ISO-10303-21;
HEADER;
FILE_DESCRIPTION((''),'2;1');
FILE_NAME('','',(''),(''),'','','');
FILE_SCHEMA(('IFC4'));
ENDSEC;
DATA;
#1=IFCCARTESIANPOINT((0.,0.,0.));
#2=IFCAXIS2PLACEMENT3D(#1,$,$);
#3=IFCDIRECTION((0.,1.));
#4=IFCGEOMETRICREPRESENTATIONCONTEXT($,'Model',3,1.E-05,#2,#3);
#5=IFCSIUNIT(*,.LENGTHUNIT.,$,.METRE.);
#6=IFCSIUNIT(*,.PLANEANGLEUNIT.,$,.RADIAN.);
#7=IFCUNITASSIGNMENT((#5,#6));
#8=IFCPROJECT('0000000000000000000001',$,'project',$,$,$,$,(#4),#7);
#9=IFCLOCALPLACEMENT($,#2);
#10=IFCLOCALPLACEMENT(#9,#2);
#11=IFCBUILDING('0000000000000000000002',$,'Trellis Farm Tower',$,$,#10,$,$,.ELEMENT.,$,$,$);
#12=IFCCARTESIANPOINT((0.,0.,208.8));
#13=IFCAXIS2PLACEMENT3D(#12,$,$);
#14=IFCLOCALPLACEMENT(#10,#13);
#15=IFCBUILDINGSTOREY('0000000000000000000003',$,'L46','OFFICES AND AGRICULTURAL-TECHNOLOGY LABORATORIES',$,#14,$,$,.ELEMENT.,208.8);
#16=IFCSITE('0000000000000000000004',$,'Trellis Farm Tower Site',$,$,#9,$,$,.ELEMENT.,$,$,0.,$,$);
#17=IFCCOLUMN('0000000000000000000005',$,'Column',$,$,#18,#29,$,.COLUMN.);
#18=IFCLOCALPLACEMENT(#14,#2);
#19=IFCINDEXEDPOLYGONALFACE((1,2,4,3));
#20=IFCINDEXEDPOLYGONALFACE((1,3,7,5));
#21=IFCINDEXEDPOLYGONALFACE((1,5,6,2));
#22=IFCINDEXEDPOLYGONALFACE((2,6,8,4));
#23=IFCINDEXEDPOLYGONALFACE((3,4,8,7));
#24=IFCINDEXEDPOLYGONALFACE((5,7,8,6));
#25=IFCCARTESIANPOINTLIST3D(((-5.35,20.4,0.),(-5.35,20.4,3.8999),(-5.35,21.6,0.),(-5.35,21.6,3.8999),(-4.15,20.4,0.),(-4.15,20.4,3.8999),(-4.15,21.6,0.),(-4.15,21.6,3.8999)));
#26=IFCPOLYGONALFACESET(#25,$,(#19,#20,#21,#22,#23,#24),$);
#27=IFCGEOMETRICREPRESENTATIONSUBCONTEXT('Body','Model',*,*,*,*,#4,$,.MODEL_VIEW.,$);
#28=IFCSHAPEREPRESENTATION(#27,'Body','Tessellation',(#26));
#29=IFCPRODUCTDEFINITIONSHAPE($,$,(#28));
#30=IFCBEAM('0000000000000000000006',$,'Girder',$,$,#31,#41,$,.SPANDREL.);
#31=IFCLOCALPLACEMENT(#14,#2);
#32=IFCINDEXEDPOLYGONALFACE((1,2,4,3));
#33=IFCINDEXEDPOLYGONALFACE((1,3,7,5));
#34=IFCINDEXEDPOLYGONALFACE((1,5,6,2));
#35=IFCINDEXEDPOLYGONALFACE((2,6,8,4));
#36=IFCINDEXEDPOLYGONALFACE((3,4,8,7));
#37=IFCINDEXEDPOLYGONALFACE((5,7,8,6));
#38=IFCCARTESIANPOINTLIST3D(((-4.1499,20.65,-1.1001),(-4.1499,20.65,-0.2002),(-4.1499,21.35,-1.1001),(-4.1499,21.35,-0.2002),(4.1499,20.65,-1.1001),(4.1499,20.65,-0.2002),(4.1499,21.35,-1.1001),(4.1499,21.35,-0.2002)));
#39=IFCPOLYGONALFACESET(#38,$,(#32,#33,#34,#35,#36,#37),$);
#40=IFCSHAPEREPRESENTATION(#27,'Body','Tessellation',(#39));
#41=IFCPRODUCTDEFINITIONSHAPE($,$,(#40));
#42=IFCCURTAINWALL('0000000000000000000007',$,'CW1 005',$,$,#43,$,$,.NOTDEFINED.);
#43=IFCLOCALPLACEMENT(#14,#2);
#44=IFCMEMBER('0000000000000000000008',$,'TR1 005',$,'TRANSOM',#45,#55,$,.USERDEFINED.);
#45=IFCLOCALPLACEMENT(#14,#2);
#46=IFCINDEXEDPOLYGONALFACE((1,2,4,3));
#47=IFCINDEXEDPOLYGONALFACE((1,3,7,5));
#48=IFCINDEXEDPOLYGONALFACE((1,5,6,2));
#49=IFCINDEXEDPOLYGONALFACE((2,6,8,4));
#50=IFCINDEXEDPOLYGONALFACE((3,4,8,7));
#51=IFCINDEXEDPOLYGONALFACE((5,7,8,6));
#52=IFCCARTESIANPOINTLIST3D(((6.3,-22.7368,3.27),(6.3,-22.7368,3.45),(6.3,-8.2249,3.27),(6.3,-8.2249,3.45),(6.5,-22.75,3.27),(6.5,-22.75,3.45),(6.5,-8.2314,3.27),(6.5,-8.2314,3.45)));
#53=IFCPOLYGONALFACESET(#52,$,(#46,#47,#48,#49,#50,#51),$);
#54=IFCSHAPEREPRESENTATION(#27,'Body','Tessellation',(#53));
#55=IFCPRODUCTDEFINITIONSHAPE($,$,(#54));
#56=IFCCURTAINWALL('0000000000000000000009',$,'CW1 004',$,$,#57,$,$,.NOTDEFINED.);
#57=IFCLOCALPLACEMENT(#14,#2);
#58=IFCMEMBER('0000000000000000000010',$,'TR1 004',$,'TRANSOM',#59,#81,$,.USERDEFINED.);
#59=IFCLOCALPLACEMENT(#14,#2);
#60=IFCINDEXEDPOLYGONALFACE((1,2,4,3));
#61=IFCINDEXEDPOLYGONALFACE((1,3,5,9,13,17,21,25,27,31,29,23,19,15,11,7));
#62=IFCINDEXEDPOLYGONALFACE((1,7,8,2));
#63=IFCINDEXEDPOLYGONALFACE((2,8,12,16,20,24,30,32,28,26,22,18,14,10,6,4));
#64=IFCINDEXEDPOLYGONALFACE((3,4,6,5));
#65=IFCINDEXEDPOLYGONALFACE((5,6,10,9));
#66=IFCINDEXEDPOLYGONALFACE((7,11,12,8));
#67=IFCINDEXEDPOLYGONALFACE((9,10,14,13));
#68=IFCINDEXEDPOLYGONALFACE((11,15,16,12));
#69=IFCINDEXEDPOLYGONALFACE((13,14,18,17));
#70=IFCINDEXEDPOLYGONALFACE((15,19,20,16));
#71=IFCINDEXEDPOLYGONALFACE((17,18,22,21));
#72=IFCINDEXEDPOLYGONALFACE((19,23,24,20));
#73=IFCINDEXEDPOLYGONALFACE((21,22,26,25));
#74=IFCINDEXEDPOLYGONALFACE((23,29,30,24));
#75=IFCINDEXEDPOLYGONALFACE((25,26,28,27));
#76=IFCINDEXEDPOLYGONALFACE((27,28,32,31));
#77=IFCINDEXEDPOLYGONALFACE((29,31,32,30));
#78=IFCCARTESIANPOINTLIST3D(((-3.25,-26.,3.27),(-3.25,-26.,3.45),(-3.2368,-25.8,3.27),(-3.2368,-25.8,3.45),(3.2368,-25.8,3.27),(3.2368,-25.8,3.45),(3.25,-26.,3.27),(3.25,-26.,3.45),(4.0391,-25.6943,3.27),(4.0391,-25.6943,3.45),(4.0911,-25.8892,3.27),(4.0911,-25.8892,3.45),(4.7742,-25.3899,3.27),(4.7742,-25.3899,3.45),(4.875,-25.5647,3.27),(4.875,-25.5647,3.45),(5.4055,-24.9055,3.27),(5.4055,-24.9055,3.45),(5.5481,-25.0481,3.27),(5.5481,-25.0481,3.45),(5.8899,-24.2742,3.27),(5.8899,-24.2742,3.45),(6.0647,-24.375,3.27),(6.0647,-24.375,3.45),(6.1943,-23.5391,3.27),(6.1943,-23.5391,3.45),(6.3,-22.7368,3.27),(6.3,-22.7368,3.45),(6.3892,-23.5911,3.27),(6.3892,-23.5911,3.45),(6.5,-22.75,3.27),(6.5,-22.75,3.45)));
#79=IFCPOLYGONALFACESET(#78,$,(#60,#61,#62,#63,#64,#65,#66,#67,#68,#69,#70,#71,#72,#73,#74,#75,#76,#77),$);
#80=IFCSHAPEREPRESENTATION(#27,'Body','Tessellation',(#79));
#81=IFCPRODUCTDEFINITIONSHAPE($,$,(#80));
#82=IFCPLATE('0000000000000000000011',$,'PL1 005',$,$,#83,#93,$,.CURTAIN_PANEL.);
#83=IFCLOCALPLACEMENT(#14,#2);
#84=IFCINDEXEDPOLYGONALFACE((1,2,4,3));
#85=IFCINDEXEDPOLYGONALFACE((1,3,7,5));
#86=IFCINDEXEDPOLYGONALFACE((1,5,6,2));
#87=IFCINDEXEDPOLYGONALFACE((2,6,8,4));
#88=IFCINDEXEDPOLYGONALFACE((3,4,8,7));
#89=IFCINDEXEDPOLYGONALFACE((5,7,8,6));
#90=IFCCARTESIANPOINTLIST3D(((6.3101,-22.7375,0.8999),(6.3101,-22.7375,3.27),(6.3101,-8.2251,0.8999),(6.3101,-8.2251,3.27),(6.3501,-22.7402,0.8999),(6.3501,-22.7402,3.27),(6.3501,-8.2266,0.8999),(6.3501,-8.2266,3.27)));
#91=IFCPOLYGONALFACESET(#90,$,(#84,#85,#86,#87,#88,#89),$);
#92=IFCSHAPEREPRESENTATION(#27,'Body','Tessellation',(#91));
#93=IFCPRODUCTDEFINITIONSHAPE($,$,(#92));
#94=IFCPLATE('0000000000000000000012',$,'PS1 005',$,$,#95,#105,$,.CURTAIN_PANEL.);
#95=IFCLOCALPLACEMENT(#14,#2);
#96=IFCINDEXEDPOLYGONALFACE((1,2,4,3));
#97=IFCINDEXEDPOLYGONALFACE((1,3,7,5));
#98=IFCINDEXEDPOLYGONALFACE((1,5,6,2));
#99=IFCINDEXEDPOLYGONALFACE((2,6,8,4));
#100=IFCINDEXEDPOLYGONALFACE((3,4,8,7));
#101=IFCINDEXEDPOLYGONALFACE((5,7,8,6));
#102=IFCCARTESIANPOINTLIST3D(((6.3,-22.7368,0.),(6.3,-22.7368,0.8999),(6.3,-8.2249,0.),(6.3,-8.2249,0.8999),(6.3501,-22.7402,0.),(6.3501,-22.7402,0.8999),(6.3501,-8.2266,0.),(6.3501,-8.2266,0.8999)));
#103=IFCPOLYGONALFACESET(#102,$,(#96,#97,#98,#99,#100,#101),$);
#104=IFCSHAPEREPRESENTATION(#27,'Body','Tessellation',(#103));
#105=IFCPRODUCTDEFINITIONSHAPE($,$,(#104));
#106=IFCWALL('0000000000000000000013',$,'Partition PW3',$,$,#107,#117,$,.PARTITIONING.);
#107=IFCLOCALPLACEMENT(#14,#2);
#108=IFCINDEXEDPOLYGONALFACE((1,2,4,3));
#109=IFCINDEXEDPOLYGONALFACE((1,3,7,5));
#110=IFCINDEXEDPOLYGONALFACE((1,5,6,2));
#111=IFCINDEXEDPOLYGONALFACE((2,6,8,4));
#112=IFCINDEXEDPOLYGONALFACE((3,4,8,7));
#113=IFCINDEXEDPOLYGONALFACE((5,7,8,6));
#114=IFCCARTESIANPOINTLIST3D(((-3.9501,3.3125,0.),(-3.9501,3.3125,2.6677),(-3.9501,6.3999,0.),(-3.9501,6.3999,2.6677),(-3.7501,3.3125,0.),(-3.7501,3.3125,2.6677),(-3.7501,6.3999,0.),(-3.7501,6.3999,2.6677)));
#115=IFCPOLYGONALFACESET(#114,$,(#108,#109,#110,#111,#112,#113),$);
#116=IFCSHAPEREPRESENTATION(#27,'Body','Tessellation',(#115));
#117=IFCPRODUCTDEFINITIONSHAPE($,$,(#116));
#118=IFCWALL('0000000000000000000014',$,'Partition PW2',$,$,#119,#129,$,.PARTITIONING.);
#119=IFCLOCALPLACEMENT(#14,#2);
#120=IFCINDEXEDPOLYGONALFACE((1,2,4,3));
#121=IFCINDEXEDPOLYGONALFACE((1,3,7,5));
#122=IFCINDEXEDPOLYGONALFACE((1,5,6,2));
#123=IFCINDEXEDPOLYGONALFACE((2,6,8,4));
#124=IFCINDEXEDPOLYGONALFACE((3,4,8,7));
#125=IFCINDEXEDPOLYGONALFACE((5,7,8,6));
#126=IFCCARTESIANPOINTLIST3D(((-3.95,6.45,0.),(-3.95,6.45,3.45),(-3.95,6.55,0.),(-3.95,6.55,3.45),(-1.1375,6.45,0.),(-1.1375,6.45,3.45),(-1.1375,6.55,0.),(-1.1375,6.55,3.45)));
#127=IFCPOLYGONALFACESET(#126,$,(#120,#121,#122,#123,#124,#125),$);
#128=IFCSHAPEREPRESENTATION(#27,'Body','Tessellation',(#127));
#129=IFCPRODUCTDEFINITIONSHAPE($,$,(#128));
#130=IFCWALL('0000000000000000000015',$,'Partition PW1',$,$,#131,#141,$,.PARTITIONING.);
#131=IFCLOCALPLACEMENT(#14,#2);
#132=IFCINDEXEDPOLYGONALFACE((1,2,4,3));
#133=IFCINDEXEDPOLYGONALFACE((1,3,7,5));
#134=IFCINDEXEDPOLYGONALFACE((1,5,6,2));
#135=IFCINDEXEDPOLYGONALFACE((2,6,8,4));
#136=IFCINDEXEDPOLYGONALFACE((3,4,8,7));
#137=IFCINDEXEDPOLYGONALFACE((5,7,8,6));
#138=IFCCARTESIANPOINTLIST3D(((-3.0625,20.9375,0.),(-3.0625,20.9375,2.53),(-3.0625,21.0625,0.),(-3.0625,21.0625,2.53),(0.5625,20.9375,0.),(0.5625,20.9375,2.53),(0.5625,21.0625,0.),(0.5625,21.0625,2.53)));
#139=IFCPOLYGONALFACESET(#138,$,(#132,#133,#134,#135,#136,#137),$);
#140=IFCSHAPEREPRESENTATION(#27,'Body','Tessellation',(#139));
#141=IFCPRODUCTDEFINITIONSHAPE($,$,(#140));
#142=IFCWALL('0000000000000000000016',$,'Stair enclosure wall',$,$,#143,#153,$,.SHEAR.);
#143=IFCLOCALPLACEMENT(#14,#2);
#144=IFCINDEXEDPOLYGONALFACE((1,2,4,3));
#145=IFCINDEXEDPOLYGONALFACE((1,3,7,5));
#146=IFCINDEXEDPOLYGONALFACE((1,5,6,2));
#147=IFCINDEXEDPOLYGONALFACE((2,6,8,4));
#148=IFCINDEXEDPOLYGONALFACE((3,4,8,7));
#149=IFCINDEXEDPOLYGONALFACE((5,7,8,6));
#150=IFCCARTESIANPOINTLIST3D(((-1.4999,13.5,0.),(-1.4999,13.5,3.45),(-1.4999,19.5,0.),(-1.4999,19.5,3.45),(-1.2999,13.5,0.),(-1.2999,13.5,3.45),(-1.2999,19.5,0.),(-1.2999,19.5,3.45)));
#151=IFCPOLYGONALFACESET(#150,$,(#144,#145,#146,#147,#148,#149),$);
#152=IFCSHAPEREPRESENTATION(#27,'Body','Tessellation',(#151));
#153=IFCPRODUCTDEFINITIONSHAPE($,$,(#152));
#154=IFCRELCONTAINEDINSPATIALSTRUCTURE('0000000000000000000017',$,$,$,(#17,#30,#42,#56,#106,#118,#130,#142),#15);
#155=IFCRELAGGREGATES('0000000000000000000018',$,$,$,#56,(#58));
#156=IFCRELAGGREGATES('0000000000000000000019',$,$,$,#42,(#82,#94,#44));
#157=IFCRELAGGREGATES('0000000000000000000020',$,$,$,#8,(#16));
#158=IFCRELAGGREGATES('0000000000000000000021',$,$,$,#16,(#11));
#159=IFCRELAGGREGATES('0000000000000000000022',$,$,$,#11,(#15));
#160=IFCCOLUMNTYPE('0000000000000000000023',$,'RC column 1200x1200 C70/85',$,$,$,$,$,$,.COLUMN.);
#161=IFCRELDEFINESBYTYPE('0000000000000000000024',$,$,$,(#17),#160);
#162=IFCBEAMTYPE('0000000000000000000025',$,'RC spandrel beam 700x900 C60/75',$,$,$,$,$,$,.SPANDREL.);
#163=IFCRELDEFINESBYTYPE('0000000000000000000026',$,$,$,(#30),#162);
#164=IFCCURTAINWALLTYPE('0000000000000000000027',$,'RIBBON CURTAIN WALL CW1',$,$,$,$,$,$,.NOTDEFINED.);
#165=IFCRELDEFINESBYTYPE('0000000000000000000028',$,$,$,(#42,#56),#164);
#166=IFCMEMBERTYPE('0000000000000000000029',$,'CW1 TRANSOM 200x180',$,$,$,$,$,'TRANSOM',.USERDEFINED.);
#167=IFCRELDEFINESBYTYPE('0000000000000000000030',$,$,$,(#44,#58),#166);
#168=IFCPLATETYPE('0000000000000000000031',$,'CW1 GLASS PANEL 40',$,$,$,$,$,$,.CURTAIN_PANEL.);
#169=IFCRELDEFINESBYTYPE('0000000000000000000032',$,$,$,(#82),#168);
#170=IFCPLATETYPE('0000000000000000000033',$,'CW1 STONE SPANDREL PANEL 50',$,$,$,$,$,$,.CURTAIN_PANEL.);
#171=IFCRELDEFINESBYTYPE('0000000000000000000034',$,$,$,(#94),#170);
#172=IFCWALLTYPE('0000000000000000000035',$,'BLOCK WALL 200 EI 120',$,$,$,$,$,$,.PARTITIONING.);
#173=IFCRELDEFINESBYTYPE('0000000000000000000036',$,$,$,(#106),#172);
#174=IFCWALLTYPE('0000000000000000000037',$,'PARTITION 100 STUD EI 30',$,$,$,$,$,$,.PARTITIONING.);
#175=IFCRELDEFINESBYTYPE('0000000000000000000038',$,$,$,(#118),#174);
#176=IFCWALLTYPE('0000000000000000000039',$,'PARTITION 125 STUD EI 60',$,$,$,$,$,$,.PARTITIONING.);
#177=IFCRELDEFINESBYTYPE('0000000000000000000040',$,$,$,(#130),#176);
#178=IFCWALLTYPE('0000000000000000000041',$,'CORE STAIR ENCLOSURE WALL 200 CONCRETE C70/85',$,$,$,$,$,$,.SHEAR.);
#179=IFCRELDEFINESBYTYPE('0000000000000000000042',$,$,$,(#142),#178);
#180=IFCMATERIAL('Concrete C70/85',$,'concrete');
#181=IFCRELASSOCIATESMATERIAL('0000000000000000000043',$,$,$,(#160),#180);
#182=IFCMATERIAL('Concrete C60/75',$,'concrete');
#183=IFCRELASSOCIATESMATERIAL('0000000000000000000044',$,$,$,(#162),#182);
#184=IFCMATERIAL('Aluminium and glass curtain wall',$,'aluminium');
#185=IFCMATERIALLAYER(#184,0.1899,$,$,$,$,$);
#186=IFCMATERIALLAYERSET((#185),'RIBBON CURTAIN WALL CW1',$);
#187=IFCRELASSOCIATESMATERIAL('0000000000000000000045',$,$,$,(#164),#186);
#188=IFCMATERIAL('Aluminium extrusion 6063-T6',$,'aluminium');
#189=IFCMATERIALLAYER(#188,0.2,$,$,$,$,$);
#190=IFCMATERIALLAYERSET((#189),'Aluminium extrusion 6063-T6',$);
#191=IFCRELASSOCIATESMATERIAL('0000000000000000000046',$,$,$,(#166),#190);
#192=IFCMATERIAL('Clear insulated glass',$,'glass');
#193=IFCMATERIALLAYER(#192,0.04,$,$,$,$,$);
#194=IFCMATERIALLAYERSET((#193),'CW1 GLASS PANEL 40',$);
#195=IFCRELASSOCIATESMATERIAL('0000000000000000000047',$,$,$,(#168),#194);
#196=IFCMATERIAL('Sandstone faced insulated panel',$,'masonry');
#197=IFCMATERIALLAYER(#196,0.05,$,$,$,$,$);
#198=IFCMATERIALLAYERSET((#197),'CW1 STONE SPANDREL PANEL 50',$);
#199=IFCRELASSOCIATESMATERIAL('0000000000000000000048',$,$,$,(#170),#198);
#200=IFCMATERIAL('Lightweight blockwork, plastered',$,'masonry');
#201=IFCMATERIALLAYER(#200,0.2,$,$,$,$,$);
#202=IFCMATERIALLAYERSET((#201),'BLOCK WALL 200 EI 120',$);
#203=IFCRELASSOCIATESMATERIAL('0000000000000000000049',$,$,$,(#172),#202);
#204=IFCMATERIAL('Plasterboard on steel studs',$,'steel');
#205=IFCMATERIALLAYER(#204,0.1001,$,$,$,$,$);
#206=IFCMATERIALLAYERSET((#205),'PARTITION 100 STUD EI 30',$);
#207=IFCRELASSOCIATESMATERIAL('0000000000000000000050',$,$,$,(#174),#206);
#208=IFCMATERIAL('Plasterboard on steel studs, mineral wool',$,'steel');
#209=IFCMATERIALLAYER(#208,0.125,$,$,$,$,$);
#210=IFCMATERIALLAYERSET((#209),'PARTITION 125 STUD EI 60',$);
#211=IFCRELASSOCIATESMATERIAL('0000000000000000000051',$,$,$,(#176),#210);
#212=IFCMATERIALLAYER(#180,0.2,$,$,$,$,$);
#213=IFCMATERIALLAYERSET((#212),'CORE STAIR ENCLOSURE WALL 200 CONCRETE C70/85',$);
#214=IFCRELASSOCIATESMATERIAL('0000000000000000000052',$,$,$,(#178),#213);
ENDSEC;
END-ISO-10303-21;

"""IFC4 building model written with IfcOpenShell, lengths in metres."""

from ifc_helpers import new_model, si_unit, direction, frame, frame_2d, origin, origin_2d, place, context, subcontext, project, spatial, polyline, rectangle, outline, extrude, source, transform, mapped, material, layer, layer_set, material_profile, profile_set, type_object, element, aggregate, save


model = new_model("IFC4")

# Units and contexts
model_context = context("Model", 3, precision=1e-05, world=origin(), true_north=direction((0.0, 1.0)))
body_context = subcontext(model_context, "Body", "Model", "MODEL_VIEW")
ifc_project = project(units=[si_unit("LENGTHUNIT", "METRE"), si_unit("PLANEANGLEUNIT", "RADIAN")], contexts=[model_context])

# Site, building, storey
site_placement = place(None, origin())
site = spatial("IfcSite", under=ifc_project, at=site_placement, Name="Trellis Farm Tower Site", CompositionType="ELEMENT", RefElevation=0.0)
building_placement = place(site_placement, origin())
building = spatial("IfcBuilding", under=site, at=building_placement, Name="Trellis Farm Tower", CompositionType="ELEMENT")
storey_placement = place(building_placement, frame((0.0, 0.0, 208.8)))
storey = spatial("IfcBuildingStorey", under=building, at=storey_placement, Name="L46", Description="OFFICES AND AGRICULTURAL-TECHNOLOGY LABORATORIES", CompositionType="ELEMENT", Elevation=208.8)

# Column
ifc_material_1 = material(Name="Concrete C70/85", Category="concrete")
ifc_material_profile_1 = material_profile(ifc_material_1, rectangle(XDim=1.2, YDim=1.2, at=origin_2d()), Name="RC column 1200x1200 C70/85")
ifc_profile_set_1 = profile_set([ifc_material_profile_1], Name="Concrete C70/85")
column_type = type_object("IfcColumnType", Name="RC column 1200x1200 C70/85", PredefinedType="COLUMN", material=ifc_profile_set_1)
shared_shape_1 = source(origin(), body_context, "Body", "SweptSolid", [
    extrude(rectangle(XDim=1.2, YDim=1.2, at=origin_2d()), origin(), (0.0, 0.0, 1.0), 3.8999),
])
column_placement = place(storey_placement, frame((-4.75, 21.0, 0.0), z_axis=(0.0, 0.0, 1.0), x_axis=(1.0, 0.0, 0.0)))
element("IfcColumn", 1, at=column_placement, inside=storey, type_object=column_type, Name="Column", PredefinedType="COLUMN", context=body_context, shape_type="MappedRepresentation", body=[
    mapped(shared_shape_1, transform((0.0, 0.0, 0.0))),
])

# Beam
ifc_material_2 = material(Name="Concrete C60/75", Category="concrete")
ifc_material_profile_2 = material_profile(ifc_material_2, rectangle(XDim=0.7, YDim=0.8999, at=origin_2d()), Name="RC spandrel beam 700x900 C60/75")
ifc_profile_set_2 = profile_set([ifc_material_profile_2], Name="Concrete C60/75")
beam_type = type_object("IfcBeamType", Name="RC spandrel beam 700x900 C60/75", PredefinedType="SPANDREL", material=ifc_profile_set_2)
shared_shape_2 = source(origin(), body_context, "Body", "SweptSolid", [
    extrude(rectangle(XDim=0.7, YDim=0.8999, at=origin_2d()), origin(), (0.0, 0.0, 1.0), 8.2998),
])
beam_placement = place(storey_placement, frame((-4.1499, 21.0, -0.6501), z_axis=(1.0, 0.0, 0.0), x_axis=(0.0, 1.0, 0.0)))
element("IfcBeam", 2, at=beam_placement, inside=storey, type_object=beam_type, Name="Girder", PredefinedType="SPANDREL", context=body_context, shape_type="MappedRepresentation", body=[
    mapped(shared_shape_2, transform((0.0, 0.0, 0.0))),
])

# Curtain walls, members
ifc_material_3 = material(Name="Aluminium and glass curtain wall", Category="aluminium")
ifc_layer_1 = layer(ifc_material_3, 0.1899)
ifc_layer_set_1 = layer_set([ifc_layer_1], Name="RIBBON CURTAIN WALL CW1")
curtain_wall_type = type_object("IfcCurtainWallType", Name="RIBBON CURTAIN WALL CW1", PredefinedType="NOTDEFINED", material=ifc_layer_set_1)
placement_1 = place(storey_placement, origin())
curtain_wall_1 = element("IfcCurtainWall", 3, at=placement_1, inside=storey, type_object=curtain_wall_type, Name="CW1 005", PredefinedType="NOTDEFINED")
ifc_material_4 = material(Name="Aluminium extrusion 6063-T6", Category="aluminium")
ifc_layer_2 = layer(ifc_material_4, 0.2)
ifc_layer_set_2 = layer_set([ifc_layer_2], Name="Aluminium extrusion 6063-T6")
member_type = type_object("IfcMemberType", Name="CW1 TRANSOM 200x180", ElementType="TRANSOM", PredefinedType="USERDEFINED", material=ifc_layer_set_2)
shared_shape_3 = source(origin(), body_context, "Body", "SweptSolid", [
    extrude(outline(polyline([(6.5, -22.75), (6.5, -8.2314), (6.3, -8.2249), (6.3, -22.7368), (6.5, -22.75)])), origin(), (0.0, 0.0, 1.0), 0.1799),
])
placement_2 = place(storey_placement, frame((0.0, 0.0, 3.27)))
member_1 = element("IfcMember", 4, at=placement_2, type_object=member_type, Name="TR1 005", ObjectType="TRANSOM", PredefinedType="USERDEFINED", context=body_context, shape_type="MappedRepresentation", body=[
    mapped(shared_shape_3, transform((0.0, 0.0, 0.0))),
])
curtain_wall_2 = element("IfcCurtainWall", 5, at=placement_1, inside=storey, type_object=curtain_wall_type, Name="CW1 004", PredefinedType="NOTDEFINED")
shared_shape_4 = source(origin(), body_context, "Body", "SweptSolid", [
    extrude(outline(polyline([(-3.25, -26.0), (3.25, -26.0), (4.0911, -25.8892), (4.875, -25.5647), (5.5481, -25.0481), (6.0647, -24.375), (6.3892, -23.5911), (6.5, -22.75), (6.3, -22.7368), (6.1943, -23.5391), (5.8899, -24.2742), (5.4055, -24.9055), (4.7742, -25.3899), (4.0391, -25.6943), (3.2368, -25.8), (-3.2368, -25.8), (-3.25, -26.0)])), origin(), (0.0, 0.0, 1.0), 0.1799),
])
member_2 = element("IfcMember", 6, at=placement_2, type_object=member_type, Name="TR1 004", ObjectType="TRANSOM", PredefinedType="USERDEFINED", context=body_context, shape_type="MappedRepresentation", body=[
    mapped(shared_shape_4, transform((0.0, 0.0, 0.0))),
])
aggregate(curtain_wall_2, [member_2])

# Plates
ifc_material_5 = material(Name="Clear insulated glass", Category="glass")
ifc_layer_3 = layer(ifc_material_5, 0.04)
ifc_layer_set_3 = layer_set([ifc_layer_3], Name="CW1 GLASS PANEL 40")
plate_type_1 = type_object("IfcPlateType", Name="CW1 GLASS PANEL 40", PredefinedType="CURTAIN_PANEL", material=ifc_layer_set_3)
plate_1_placement = place(storey_placement, frame((0.0, 0.0, 0.8999)))
plate_1 = element("IfcPlate", 7, at=plate_1_placement, type_object=plate_type_1, Name="PL1 005", PredefinedType="CURTAIN_PANEL", context=body_context, shape_type="SweptSolid", body=[
    extrude(outline(polyline([(6.3501, -22.7402), (6.3501, -8.2266), (6.3101, -8.2251), (6.3101, -22.7375), (6.3501, -22.7402)])), origin(), (0.0, 0.0, 1.0), 2.3701),
])
ifc_material_6 = material(Name="Sandstone faced insulated panel", Category="masonry")
ifc_layer_4 = layer(ifc_material_6, 0.05)
ifc_layer_set_4 = layer_set([ifc_layer_4], Name="CW1 STONE SPANDREL PANEL 50")
plate_type_2 = type_object("IfcPlateType", Name="CW1 STONE SPANDREL PANEL 50", PredefinedType="CURTAIN_PANEL", material=ifc_layer_set_4)
shared_shape_5 = source(origin(), body_context, "Body", "SweptSolid", [
    extrude(outline(polyline([(6.3501, -22.7402), (6.3501, -8.2266), (6.3, -8.2249), (6.3, -22.7368), (6.3501, -22.7402)])), origin(), (0.0, 0.0, 1.0), 0.8999),
])
plate_2 = element("IfcPlate", 8, at=placement_1, type_object=plate_type_2, Name="PS1 005", PredefinedType="CURTAIN_PANEL", context=body_context, shape_type="MappedRepresentation", body=[
    mapped(shared_shape_5, transform((0.0, 0.0, 0.0))),
])
aggregate(curtain_wall_1, [plate_1, plate_2, member_1])

# Walls
ifc_material_7 = material(Name="Lightweight blockwork, plastered", Category="masonry")
ifc_layer_5 = layer(ifc_material_7, 0.2)
ifc_layer_set_5 = layer_set([ifc_layer_5], Name="BLOCK WALL 200 EI 120")
wall_type_1 = type_object("IfcWallType", Name="BLOCK WALL 200 EI 120", PredefinedType="PARTITIONING", material=ifc_layer_set_5)
wall_1_placement = place(storey_placement, frame((-3.8501, 3.3125, 0.0), z_axis=(0.0, 0.0, 1.0), x_axis=(0.0, 1.0, 0.0)))
element("IfcWall", 9, at=wall_1_placement, inside=storey, type_object=wall_type_1, Name="Partition PW3", PredefinedType="PARTITIONING", context=body_context, shape_type="SweptSolid", body=[
    extrude(rectangle(XDim=3.0874, YDim=0.2, at=frame_2d((1.5437, 0.0))), origin(), (0.0, 0.0, 1.0), 2.6677),
])
ifc_material_8 = material(Name="Plasterboard on steel studs", Category="steel")
ifc_layer_6 = layer(ifc_material_8, 0.1001)
ifc_layer_set_6 = layer_set([ifc_layer_6], Name="PARTITION 100 STUD EI 30")
wall_type_2 = type_object("IfcWallType", Name="PARTITION 100 STUD EI 30", PredefinedType="PARTITIONING", material=ifc_layer_set_6)
wall_2_placement = place(storey_placement, frame((-3.95, 6.5, 0.0), z_axis=(0.0, 0.0, 1.0), x_axis=(1.0, 0.0, 0.0)))
element("IfcWall", 10, at=wall_2_placement, inside=storey, type_object=wall_type_2, Name="Partition PW2", PredefinedType="PARTITIONING", context=body_context, shape_type="SweptSolid", body=[
    extrude(rectangle(XDim=2.8125, YDim=0.1001, at=frame_2d((1.4062, 0.0))), origin(), (0.0, 0.0, 1.0), 3.45),
])
ifc_material_9 = material(Name="Plasterboard on steel studs, mineral wool", Category="steel")
ifc_layer_7 = layer(ifc_material_9, 0.125)
ifc_layer_set_7 = layer_set([ifc_layer_7], Name="PARTITION 125 STUD EI 60")
wall_type_3 = type_object("IfcWallType", Name="PARTITION 125 STUD EI 60", PredefinedType="PARTITIONING", material=ifc_layer_set_7)
wall_3_placement = place(storey_placement, frame((-3.0625, 21.0, 0.0), z_axis=(0.0, 0.0, 1.0), x_axis=(1.0, 0.0, 0.0)))
element("IfcWall", 11, at=wall_3_placement, inside=storey, type_object=wall_type_3, Name="Partition PW1", PredefinedType="PARTITIONING", context=body_context, shape_type="SweptSolid", body=[
    extrude(rectangle(XDim=3.625, YDim=0.125, at=frame_2d((1.8125, 0.0))), origin(), (0.0, 0.0, 1.0), 2.53),
])
ifc_layer_8 = layer(ifc_material_1, 0.2)
ifc_layer_set_8 = layer_set([ifc_layer_8], Name="CORE STAIR ENCLOSURE WALL 200 CONCRETE C70/85")
wall_type_4 = type_object("IfcWallType", Name="CORE STAIR ENCLOSURE WALL 200 CONCRETE C70/85", PredefinedType="SHEAR", material=ifc_layer_set_8)
shared_shape_6 = source(origin(), body_context, "Body", "SweptSolid", [
    extrude(rectangle(XDim=6.0, YDim=0.2, at=frame_2d((3.0, 0.0))), origin(), (0.0, 0.0, 1.0), 3.45),
])
wall_4_placement = place(storey_placement, frame((-1.3999, 13.5, 0.0), z_axis=(0.0, 0.0, 1.0), x_axis=(0.0, 1.0, 0.0)))
element("IfcWall", 12, at=wall_4_placement, inside=storey, type_object=wall_type_4, Name="Stair enclosure wall", PredefinedType="SHEAR", context=body_context, shape_type="MappedRepresentation", body=[
    mapped(shared_shape_6, transform((0.0, 0.0, 0.0))),
])

save(model, "model.ifc")
